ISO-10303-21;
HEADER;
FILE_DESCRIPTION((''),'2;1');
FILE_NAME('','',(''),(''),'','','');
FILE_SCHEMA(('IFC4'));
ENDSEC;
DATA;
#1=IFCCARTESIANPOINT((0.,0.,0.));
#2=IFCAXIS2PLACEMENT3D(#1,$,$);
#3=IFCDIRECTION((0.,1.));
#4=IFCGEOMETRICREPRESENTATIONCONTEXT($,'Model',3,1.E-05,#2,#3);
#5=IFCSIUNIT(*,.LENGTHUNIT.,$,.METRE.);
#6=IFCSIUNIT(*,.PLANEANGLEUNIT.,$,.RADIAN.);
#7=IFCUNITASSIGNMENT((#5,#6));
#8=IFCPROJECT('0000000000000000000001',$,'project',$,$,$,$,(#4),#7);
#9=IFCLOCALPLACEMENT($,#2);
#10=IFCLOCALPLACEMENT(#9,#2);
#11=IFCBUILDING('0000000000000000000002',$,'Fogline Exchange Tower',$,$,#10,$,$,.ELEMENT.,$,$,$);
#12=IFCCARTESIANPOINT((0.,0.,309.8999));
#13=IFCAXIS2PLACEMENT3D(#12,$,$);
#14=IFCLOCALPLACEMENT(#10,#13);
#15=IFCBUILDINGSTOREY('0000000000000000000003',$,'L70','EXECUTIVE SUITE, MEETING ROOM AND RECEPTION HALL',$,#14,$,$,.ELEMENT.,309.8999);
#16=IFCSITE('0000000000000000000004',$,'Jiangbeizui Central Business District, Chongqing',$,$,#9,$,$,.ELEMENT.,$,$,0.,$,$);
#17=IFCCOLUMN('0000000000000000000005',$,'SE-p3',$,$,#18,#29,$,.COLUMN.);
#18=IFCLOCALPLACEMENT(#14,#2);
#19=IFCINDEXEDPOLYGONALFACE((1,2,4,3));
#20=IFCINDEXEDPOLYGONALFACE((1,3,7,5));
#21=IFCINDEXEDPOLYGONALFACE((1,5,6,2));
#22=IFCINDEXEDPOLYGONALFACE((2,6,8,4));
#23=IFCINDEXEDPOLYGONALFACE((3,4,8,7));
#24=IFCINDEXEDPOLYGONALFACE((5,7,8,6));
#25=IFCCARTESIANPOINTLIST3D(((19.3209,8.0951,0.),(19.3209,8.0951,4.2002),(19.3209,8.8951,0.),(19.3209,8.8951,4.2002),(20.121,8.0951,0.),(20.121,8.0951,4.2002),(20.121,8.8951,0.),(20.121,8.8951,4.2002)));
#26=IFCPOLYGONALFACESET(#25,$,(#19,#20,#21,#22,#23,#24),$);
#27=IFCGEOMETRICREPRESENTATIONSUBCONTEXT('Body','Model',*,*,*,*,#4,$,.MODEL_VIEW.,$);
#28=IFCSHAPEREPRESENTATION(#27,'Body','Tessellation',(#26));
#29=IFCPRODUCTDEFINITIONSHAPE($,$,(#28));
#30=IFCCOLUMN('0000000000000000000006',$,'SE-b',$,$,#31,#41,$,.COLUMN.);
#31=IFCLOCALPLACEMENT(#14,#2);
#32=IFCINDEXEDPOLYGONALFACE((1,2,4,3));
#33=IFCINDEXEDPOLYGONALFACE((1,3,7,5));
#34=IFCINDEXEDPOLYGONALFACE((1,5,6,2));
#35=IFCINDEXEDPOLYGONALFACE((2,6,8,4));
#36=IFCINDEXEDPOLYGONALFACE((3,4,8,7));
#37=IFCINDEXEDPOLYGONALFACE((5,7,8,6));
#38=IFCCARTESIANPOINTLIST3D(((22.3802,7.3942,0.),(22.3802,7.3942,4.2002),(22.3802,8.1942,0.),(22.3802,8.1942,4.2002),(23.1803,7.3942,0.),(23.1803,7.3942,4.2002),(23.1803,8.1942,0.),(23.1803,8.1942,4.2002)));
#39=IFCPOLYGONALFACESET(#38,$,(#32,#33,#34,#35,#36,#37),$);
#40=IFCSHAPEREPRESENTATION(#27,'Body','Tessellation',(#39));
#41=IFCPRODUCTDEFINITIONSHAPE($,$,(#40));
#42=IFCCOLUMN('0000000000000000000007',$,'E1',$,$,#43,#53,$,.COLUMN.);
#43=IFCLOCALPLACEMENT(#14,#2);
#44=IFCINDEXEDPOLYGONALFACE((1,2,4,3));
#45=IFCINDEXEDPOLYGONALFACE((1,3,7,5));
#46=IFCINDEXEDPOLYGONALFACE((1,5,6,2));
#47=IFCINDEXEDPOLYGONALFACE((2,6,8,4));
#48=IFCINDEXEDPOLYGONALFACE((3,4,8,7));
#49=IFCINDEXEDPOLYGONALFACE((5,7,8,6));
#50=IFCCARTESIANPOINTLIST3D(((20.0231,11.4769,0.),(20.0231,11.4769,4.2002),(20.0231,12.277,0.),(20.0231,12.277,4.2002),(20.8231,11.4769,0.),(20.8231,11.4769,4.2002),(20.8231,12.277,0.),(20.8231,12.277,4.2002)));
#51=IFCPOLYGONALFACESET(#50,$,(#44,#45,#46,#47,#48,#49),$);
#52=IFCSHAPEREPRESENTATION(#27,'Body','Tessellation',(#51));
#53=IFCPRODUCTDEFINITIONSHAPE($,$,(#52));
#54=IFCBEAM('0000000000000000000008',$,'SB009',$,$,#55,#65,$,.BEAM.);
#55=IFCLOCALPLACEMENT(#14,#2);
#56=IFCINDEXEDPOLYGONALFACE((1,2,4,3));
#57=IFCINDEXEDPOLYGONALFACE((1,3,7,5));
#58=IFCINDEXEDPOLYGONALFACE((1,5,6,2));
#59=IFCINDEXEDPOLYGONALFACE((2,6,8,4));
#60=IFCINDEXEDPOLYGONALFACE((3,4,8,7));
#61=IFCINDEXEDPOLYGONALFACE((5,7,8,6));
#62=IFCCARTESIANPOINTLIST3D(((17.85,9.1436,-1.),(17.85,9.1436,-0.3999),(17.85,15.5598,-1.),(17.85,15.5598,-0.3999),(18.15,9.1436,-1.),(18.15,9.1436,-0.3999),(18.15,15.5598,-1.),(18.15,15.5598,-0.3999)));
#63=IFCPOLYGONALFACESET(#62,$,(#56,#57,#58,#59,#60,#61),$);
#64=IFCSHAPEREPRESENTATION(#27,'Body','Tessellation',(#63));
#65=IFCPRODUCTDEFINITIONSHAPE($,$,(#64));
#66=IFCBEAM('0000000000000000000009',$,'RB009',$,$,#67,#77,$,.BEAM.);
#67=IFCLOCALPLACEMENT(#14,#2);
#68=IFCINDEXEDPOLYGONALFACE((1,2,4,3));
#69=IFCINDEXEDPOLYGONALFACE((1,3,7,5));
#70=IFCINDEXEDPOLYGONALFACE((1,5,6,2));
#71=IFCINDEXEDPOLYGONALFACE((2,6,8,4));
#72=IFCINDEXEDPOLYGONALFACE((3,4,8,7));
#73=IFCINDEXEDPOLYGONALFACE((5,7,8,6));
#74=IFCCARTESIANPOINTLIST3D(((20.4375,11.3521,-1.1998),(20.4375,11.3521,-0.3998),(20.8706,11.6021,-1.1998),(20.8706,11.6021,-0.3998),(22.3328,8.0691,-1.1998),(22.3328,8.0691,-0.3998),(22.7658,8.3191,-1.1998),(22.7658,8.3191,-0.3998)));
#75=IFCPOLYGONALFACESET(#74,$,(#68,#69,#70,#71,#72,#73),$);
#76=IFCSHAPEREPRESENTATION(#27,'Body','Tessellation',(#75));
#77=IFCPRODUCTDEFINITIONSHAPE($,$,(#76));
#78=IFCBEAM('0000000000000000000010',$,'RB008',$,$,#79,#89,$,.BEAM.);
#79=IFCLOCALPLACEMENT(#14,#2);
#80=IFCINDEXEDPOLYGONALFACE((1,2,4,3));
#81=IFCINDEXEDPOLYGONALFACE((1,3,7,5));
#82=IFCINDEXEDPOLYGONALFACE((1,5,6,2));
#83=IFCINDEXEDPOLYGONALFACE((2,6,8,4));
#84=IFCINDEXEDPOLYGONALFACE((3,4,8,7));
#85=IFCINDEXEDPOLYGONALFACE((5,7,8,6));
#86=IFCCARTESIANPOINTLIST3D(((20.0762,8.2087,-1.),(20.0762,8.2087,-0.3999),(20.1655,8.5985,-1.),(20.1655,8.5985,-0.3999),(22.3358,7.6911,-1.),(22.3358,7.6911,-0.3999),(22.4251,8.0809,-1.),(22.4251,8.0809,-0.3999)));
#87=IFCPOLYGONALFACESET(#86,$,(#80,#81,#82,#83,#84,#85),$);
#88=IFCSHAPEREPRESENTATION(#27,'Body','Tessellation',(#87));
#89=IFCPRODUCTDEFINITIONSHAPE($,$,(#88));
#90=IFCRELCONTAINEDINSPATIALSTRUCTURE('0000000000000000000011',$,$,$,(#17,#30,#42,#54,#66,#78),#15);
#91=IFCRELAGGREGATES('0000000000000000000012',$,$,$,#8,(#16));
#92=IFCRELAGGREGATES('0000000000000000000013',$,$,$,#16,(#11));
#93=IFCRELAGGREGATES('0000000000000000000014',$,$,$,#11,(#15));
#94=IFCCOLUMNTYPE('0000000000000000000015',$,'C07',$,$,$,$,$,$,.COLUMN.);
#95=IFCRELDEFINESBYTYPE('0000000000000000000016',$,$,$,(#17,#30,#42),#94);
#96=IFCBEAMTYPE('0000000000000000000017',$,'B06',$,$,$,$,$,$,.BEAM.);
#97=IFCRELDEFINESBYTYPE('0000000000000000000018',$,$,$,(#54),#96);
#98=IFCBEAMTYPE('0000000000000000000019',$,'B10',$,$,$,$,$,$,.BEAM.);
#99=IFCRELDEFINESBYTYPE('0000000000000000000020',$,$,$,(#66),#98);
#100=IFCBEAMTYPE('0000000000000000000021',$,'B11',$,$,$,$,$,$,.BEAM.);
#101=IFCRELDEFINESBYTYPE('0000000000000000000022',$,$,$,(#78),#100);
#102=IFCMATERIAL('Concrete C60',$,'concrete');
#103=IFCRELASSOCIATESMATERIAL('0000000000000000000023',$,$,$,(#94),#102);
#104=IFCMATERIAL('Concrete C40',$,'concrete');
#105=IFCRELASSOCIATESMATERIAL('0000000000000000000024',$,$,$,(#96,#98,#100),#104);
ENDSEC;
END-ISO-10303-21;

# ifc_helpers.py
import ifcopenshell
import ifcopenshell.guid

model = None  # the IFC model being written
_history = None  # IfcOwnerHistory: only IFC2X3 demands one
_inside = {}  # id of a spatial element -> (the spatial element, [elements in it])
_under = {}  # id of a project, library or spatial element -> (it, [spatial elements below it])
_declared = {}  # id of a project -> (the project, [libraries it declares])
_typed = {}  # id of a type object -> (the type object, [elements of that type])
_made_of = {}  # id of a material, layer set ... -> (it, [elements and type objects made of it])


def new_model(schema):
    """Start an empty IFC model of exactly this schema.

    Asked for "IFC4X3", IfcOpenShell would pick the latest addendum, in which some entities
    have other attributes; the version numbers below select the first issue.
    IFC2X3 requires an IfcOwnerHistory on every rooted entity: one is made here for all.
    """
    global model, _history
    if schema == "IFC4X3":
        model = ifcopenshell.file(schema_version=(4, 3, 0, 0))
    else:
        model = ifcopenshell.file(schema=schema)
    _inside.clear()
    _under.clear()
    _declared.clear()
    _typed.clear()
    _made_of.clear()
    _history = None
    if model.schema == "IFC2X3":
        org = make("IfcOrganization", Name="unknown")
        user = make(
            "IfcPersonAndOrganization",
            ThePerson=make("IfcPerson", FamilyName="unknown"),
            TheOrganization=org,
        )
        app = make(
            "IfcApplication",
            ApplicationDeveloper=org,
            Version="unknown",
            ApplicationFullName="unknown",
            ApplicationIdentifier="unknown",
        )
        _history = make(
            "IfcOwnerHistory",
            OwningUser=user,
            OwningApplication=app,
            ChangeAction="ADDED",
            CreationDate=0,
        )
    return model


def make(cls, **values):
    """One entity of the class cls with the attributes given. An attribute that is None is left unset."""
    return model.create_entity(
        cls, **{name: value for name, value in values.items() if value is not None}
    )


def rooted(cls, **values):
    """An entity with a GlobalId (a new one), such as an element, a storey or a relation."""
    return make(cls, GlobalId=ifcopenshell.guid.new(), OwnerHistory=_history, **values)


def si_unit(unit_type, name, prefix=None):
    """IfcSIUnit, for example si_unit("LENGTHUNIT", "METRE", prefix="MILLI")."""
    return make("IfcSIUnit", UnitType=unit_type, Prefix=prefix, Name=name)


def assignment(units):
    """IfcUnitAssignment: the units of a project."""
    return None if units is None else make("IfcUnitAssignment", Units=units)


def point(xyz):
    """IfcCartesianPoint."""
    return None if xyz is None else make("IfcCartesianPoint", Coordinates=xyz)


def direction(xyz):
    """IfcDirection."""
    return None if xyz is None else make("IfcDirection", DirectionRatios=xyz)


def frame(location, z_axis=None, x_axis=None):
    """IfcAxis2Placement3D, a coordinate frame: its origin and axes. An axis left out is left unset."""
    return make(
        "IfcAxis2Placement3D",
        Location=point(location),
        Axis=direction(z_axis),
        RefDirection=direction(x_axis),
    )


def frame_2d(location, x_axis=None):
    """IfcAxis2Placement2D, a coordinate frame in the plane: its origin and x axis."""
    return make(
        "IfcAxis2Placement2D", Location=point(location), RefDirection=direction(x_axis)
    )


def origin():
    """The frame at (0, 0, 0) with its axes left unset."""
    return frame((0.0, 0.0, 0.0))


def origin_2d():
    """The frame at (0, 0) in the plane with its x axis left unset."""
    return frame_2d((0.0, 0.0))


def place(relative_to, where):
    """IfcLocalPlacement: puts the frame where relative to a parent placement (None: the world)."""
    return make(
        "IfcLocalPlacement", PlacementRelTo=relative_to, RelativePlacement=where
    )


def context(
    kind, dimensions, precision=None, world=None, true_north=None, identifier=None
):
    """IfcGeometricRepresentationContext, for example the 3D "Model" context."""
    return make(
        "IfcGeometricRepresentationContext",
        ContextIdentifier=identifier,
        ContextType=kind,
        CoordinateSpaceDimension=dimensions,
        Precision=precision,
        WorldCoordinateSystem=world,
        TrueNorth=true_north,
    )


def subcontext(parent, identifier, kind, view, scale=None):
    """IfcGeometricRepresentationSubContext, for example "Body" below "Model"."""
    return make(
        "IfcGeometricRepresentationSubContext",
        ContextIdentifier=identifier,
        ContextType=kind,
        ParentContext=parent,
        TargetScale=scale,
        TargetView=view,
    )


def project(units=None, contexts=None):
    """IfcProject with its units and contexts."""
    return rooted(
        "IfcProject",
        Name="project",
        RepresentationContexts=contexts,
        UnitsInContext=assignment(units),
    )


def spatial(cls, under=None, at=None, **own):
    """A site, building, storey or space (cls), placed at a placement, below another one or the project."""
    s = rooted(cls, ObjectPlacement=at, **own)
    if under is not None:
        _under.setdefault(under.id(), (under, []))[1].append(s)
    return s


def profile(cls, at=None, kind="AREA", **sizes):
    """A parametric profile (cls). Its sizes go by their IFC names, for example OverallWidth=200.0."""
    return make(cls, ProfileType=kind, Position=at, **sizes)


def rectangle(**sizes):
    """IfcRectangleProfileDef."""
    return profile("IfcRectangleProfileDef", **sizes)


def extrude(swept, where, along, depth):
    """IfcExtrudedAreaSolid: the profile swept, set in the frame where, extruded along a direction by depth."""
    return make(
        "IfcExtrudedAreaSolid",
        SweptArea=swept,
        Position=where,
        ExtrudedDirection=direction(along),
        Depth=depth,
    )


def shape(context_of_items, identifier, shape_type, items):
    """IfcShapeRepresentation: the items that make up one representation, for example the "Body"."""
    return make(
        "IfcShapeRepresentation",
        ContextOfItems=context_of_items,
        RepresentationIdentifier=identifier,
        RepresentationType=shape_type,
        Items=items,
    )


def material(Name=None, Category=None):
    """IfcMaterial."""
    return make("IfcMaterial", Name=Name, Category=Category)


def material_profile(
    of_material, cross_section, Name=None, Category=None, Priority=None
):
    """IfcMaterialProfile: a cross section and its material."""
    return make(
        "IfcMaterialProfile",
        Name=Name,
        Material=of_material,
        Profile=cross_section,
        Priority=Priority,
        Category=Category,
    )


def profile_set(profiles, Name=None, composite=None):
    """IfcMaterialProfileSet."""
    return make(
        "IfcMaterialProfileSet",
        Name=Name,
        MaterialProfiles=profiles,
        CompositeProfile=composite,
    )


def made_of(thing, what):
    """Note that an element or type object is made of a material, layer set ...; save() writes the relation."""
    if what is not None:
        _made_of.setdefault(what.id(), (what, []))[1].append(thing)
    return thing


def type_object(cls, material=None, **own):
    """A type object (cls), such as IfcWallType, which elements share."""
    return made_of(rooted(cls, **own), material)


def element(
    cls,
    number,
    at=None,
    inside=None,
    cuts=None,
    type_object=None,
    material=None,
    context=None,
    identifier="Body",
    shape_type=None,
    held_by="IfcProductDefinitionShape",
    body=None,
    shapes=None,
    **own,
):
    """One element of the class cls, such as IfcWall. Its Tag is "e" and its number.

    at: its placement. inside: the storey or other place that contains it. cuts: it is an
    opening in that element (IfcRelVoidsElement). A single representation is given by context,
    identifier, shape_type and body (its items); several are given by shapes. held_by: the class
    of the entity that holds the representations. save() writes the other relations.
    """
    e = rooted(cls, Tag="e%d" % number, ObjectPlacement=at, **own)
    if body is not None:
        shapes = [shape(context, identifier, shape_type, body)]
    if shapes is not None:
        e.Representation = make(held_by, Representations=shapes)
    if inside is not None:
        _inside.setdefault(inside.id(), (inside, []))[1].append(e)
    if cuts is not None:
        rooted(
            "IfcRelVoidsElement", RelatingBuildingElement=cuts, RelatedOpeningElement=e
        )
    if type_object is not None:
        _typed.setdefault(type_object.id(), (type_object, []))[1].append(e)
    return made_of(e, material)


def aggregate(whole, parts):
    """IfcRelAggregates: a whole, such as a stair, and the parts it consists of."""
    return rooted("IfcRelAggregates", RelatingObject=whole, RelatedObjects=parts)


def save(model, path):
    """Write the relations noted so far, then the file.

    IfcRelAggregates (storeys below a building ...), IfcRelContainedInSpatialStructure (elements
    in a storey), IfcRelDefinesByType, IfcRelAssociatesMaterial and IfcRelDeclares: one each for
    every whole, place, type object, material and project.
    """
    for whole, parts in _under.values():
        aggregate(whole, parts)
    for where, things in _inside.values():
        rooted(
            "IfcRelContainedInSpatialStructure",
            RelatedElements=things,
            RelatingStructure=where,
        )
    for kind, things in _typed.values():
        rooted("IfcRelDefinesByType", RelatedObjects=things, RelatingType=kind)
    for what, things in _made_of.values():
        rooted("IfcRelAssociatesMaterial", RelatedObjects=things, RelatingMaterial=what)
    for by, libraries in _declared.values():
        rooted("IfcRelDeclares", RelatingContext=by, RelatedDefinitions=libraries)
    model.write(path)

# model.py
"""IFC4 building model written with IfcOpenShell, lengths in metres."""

from ifc_helpers import new_model, si_unit, direction, frame, origin, origin_2d, place, context, subcontext, project, spatial, rectangle, extrude, material, material_profile, profile_set, type_object, element, save


model = new_model("IFC4")

# Units and contexts
model_context = context("Model", 3, precision=1e-05, world=origin(), true_north=direction((0.0, 1.0)))
body_context = subcontext(model_context, "Body", "Model", "MODEL_VIEW")
ifc_project = project(units=[si_unit("LENGTHUNIT", "METRE"), si_unit("PLANEANGLEUNIT", "RADIAN")], contexts=[model_context])

# Site, building, storey
site_placement = place(None, origin())
site = spatial("IfcSite", under=ifc_project, at=site_placement, Name="Jiangbeizui Central Business District, Chongqing", CompositionType="ELEMENT", RefElevation=0.0)
building_placement = place(site_placement, origin())
building = spatial("IfcBuilding", under=site, at=building_placement, Name="Fogline Exchange Tower", CompositionType="ELEMENT")
storey_placement = place(building_placement, frame((0.0, 0.0, 309.8999)))
storey = spatial("IfcBuildingStorey", under=building, at=storey_placement, Name="L70", Description="EXECUTIVE SUITE, MEETING ROOM AND RECEPTION HALL", CompositionType="ELEMENT", Elevation=309.8999)

# Columns
ifc_material_1 = material(Name="Concrete C60", Category="concrete")
ifc_material_profile_1 = material_profile(ifc_material_1, rectangle(XDim=0.8, YDim=0.8, at=origin_2d()), Name="RC 800x800")
ifc_profile_set_1 = profile_set([ifc_material_profile_1], Name="Concrete C60")
column_type = type_object("IfcColumnType", Name="C07", PredefinedType="COLUMN", material=ifc_profile_set_1)
for number, where, z_axis, x_axis, name in (
    (1, (19.7209, 8.4951, 0.0), (0.0, 0.0, 1.0), (1.0, 0.0, 0.0), "SE-p3"),
    (2, (22.7803, 7.7942, 0.0), (0.0, 0.0, 1.0), (1.0, 0.0, 0.0), "SE-b"),
    (3, (20.4231, 11.877, 0.0), (0.0, 0.0, 1.0), (1.0, 0.0, 0.0), "E1"),
):
    element("IfcColumn", number, at=place(storey_placement, frame(where, z_axis=z_axis, x_axis=x_axis)), inside=storey, type_object=column_type, Name=name, PredefinedType="COLUMN", context=body_context, shape_type="SweptSolid", body=[
        extrude(rectangle(XDim=0.8, YDim=0.8, at=origin_2d()), origin(), (0.0, 0.0, 1.0), 4.2002),
    ])

# Beams
ifc_material_2 = material(Name="Concrete C40", Category="concrete")
ifc_material_profile_2 = material_profile(ifc_material_2, rectangle(XDim=0.3, YDim=0.6001, at=origin_2d()), Name="RC 300x600")
ifc_profile_set_2 = profile_set([ifc_material_profile_2], Name="Concrete C40")
beam_type_1 = type_object("IfcBeamType", Name="B06", PredefinedType="BEAM", material=ifc_profile_set_2)
beam_1_placement = place(storey_placement, frame((18.0, 9.1436, -0.7), z_axis=(0.0, 1.0, 0.0), x_axis=(-1.0, 0.0, 0.0)))
element("IfcBeam", 4, at=beam_1_placement, inside=storey, type_object=beam_type_1, Name="SB009", PredefinedType="BEAM", context=body_context, shape_type="SweptSolid", body=[
    extrude(rectangle(XDim=0.3, YDim=0.6001, at=origin_2d()), origin(), (0.0, 0.0, 1.0), 6.4163),
])
ifc_material_profile_3 = material_profile(ifc_material_2, rectangle(XDim=0.5, YDim=0.8, at=origin_2d()), Name="RC 500x800")
ifc_profile_set_3 = profile_set([ifc_material_profile_3], Name="Concrete C40")
beam_type_2 = type_object("IfcBeamType", Name="B10", PredefinedType="BEAM", material=ifc_profile_set_3)
beam_2_placement = place(storey_placement, frame((22.5493, 8.1941, -0.7998), z_axis=(-0.49997, 0.866043, 0.0), x_axis=(-0.866043, -0.49997, 0.0)))
element("IfcBeam", 5, at=beam_2_placement, inside=storey, type_object=beam_type_2, Name="RB009", PredefinedType="BEAM", context=body_context, shape_type="SweptSolid", body=[
    extrude(rectangle(XDim=0.5, YDim=0.8, at=origin_2d()), origin(), (0.0, 0.0, 1.0), 3.7908),
])
ifc_material_profile_4 = material_profile(ifc_material_2, rectangle(XDim=0.3999, YDim=0.6001, at=origin_2d()), Name="RC 400x600")
ifc_profile_set_4 = profile_set([ifc_material_profile_4], Name="Concrete C40")
beam_type_3 = type_object("IfcBeamType", Name="B11", PredefinedType="BEAM", material=ifc_profile_set_4)
beam_3_placement = place(storey_placement, frame((20.1208, 8.4036, -0.7), z_axis=(0.974754, -0.223282, 0.0), x_axis=(0.223282, 0.974754, 0.0)))
element("IfcBeam", 6, at=beam_3_placement, inside=storey, type_object=beam_type_3, Name="RB008", PredefinedType="BEAM", context=body_context, shape_type="SweptSolid", body=[
    extrude(rectangle(XDim=0.3999, YDim=0.6001, at=origin_2d()), origin(), (0.0, 0.0, 1.0), 2.3181),
])

save(model, "model.ifc")
